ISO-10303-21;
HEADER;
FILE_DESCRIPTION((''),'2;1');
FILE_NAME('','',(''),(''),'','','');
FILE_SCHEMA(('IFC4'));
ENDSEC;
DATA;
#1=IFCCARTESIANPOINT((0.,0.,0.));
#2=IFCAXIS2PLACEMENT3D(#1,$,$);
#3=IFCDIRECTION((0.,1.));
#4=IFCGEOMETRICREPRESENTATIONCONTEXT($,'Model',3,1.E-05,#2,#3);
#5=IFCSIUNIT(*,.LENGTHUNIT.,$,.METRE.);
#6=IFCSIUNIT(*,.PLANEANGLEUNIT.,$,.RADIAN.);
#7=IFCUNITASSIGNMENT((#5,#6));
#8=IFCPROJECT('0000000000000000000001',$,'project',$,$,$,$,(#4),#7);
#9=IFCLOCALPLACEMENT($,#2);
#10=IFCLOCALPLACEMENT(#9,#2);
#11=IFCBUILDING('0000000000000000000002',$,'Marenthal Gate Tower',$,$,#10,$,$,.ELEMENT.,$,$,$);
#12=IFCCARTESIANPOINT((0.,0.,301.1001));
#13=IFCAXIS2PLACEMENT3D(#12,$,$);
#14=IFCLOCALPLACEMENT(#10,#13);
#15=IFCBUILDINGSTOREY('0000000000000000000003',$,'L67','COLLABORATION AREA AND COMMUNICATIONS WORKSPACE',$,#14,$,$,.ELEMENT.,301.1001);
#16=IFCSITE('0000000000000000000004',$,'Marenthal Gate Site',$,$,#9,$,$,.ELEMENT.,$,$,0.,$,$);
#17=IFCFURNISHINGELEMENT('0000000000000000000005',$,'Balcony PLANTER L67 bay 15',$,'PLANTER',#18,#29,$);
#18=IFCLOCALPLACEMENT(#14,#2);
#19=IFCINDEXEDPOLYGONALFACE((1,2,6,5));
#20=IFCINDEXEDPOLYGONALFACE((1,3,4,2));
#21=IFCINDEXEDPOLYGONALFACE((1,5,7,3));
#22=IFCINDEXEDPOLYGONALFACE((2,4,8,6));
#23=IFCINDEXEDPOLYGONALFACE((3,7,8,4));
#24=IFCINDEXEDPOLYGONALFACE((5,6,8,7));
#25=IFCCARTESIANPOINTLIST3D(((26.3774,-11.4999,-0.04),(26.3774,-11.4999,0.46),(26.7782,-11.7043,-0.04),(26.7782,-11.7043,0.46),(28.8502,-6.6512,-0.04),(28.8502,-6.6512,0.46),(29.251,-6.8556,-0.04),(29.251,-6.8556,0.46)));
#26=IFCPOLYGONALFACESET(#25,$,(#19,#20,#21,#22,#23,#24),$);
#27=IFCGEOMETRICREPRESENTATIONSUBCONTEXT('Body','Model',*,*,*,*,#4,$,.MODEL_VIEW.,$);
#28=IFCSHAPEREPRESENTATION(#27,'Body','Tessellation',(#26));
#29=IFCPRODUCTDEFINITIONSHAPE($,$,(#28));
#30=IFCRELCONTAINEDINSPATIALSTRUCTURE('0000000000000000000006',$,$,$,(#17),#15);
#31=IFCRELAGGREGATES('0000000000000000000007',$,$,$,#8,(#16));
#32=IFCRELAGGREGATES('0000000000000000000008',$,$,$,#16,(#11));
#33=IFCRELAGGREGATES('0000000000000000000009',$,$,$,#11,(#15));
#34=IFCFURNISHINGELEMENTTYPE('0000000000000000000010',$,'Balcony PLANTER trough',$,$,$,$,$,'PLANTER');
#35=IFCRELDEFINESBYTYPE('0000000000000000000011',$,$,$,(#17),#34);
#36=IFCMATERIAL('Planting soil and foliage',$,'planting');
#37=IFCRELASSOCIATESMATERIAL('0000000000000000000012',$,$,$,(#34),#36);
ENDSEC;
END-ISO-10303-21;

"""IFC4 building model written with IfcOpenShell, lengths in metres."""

from ifc_helpers import new_model, si_unit, direction, frame, origin, origin_2d, place, context, subcontext, project, spatial, rectangle, extrude, material, type_object, element, save


model = new_model("IFC4")

# Units and contexts
model_context = context("Model", 3, precision=1e-05, world=origin(), true_north=direction((0.0, 1.0)))
body_context = subcontext(model_context, "Body", "Model", "MODEL_VIEW")
ifc_project = project(units=[si_unit("LENGTHUNIT", "METRE"), si_unit("PLANEANGLEUNIT", "RADIAN")], contexts=[model_context])

# Site, building, storey
site_placement = place(None, origin())
site = spatial("IfcSite", under=ifc_project, at=site_placement, Name="Marenthal Gate Site", CompositionType="ELEMENT", RefElevation=0.0)
building_placement = place(site_placement, origin())
building = spatial("IfcBuilding", under=site, at=building_placement, Name="Marenthal Gate Tower", CompositionType="ELEMENT")
storey_placement = place(building_placement, frame((0.0, 0.0, 301.1001)))
storey = spatial("IfcBuildingStorey", under=building, at=storey_placement, Name="L67", Description="COLLABORATION AREA AND COMMUNICATIONS WORKSPACE", CompositionType="ELEMENT", Elevation=301.1001)

# Furnishing element
ifc_material_1 = material(Name="Planting soil and foliage", Category="planting")
furnishing_element_type = type_object("IfcFurnishingElementType", Name="Balcony PLANTER trough", ElementType="PLANTER", material=ifc_material_1)
furnishing_placement = place(storey_placement, frame((27.8142, -9.1777, -0.04), z_axis=(0.0, 0.0, 1.0), x_axis=(0.454321, 0.890838, 0.0)))
element("IfcFurnishingElement", 1, at=furnishing_placement, inside=storey, type_object=furnishing_element_type, Name="Balcony PLANTER L67 bay 15", ObjectType="PLANTER", context=body_context, shape_type="SweptSolid", body=[
    extrude(rectangle(XDim=5.4429, YDim=0.45, at=origin_2d()), origin(), (0.0, 0.0, 1.0), 0.5),
])

save(model, "model.ifc")
